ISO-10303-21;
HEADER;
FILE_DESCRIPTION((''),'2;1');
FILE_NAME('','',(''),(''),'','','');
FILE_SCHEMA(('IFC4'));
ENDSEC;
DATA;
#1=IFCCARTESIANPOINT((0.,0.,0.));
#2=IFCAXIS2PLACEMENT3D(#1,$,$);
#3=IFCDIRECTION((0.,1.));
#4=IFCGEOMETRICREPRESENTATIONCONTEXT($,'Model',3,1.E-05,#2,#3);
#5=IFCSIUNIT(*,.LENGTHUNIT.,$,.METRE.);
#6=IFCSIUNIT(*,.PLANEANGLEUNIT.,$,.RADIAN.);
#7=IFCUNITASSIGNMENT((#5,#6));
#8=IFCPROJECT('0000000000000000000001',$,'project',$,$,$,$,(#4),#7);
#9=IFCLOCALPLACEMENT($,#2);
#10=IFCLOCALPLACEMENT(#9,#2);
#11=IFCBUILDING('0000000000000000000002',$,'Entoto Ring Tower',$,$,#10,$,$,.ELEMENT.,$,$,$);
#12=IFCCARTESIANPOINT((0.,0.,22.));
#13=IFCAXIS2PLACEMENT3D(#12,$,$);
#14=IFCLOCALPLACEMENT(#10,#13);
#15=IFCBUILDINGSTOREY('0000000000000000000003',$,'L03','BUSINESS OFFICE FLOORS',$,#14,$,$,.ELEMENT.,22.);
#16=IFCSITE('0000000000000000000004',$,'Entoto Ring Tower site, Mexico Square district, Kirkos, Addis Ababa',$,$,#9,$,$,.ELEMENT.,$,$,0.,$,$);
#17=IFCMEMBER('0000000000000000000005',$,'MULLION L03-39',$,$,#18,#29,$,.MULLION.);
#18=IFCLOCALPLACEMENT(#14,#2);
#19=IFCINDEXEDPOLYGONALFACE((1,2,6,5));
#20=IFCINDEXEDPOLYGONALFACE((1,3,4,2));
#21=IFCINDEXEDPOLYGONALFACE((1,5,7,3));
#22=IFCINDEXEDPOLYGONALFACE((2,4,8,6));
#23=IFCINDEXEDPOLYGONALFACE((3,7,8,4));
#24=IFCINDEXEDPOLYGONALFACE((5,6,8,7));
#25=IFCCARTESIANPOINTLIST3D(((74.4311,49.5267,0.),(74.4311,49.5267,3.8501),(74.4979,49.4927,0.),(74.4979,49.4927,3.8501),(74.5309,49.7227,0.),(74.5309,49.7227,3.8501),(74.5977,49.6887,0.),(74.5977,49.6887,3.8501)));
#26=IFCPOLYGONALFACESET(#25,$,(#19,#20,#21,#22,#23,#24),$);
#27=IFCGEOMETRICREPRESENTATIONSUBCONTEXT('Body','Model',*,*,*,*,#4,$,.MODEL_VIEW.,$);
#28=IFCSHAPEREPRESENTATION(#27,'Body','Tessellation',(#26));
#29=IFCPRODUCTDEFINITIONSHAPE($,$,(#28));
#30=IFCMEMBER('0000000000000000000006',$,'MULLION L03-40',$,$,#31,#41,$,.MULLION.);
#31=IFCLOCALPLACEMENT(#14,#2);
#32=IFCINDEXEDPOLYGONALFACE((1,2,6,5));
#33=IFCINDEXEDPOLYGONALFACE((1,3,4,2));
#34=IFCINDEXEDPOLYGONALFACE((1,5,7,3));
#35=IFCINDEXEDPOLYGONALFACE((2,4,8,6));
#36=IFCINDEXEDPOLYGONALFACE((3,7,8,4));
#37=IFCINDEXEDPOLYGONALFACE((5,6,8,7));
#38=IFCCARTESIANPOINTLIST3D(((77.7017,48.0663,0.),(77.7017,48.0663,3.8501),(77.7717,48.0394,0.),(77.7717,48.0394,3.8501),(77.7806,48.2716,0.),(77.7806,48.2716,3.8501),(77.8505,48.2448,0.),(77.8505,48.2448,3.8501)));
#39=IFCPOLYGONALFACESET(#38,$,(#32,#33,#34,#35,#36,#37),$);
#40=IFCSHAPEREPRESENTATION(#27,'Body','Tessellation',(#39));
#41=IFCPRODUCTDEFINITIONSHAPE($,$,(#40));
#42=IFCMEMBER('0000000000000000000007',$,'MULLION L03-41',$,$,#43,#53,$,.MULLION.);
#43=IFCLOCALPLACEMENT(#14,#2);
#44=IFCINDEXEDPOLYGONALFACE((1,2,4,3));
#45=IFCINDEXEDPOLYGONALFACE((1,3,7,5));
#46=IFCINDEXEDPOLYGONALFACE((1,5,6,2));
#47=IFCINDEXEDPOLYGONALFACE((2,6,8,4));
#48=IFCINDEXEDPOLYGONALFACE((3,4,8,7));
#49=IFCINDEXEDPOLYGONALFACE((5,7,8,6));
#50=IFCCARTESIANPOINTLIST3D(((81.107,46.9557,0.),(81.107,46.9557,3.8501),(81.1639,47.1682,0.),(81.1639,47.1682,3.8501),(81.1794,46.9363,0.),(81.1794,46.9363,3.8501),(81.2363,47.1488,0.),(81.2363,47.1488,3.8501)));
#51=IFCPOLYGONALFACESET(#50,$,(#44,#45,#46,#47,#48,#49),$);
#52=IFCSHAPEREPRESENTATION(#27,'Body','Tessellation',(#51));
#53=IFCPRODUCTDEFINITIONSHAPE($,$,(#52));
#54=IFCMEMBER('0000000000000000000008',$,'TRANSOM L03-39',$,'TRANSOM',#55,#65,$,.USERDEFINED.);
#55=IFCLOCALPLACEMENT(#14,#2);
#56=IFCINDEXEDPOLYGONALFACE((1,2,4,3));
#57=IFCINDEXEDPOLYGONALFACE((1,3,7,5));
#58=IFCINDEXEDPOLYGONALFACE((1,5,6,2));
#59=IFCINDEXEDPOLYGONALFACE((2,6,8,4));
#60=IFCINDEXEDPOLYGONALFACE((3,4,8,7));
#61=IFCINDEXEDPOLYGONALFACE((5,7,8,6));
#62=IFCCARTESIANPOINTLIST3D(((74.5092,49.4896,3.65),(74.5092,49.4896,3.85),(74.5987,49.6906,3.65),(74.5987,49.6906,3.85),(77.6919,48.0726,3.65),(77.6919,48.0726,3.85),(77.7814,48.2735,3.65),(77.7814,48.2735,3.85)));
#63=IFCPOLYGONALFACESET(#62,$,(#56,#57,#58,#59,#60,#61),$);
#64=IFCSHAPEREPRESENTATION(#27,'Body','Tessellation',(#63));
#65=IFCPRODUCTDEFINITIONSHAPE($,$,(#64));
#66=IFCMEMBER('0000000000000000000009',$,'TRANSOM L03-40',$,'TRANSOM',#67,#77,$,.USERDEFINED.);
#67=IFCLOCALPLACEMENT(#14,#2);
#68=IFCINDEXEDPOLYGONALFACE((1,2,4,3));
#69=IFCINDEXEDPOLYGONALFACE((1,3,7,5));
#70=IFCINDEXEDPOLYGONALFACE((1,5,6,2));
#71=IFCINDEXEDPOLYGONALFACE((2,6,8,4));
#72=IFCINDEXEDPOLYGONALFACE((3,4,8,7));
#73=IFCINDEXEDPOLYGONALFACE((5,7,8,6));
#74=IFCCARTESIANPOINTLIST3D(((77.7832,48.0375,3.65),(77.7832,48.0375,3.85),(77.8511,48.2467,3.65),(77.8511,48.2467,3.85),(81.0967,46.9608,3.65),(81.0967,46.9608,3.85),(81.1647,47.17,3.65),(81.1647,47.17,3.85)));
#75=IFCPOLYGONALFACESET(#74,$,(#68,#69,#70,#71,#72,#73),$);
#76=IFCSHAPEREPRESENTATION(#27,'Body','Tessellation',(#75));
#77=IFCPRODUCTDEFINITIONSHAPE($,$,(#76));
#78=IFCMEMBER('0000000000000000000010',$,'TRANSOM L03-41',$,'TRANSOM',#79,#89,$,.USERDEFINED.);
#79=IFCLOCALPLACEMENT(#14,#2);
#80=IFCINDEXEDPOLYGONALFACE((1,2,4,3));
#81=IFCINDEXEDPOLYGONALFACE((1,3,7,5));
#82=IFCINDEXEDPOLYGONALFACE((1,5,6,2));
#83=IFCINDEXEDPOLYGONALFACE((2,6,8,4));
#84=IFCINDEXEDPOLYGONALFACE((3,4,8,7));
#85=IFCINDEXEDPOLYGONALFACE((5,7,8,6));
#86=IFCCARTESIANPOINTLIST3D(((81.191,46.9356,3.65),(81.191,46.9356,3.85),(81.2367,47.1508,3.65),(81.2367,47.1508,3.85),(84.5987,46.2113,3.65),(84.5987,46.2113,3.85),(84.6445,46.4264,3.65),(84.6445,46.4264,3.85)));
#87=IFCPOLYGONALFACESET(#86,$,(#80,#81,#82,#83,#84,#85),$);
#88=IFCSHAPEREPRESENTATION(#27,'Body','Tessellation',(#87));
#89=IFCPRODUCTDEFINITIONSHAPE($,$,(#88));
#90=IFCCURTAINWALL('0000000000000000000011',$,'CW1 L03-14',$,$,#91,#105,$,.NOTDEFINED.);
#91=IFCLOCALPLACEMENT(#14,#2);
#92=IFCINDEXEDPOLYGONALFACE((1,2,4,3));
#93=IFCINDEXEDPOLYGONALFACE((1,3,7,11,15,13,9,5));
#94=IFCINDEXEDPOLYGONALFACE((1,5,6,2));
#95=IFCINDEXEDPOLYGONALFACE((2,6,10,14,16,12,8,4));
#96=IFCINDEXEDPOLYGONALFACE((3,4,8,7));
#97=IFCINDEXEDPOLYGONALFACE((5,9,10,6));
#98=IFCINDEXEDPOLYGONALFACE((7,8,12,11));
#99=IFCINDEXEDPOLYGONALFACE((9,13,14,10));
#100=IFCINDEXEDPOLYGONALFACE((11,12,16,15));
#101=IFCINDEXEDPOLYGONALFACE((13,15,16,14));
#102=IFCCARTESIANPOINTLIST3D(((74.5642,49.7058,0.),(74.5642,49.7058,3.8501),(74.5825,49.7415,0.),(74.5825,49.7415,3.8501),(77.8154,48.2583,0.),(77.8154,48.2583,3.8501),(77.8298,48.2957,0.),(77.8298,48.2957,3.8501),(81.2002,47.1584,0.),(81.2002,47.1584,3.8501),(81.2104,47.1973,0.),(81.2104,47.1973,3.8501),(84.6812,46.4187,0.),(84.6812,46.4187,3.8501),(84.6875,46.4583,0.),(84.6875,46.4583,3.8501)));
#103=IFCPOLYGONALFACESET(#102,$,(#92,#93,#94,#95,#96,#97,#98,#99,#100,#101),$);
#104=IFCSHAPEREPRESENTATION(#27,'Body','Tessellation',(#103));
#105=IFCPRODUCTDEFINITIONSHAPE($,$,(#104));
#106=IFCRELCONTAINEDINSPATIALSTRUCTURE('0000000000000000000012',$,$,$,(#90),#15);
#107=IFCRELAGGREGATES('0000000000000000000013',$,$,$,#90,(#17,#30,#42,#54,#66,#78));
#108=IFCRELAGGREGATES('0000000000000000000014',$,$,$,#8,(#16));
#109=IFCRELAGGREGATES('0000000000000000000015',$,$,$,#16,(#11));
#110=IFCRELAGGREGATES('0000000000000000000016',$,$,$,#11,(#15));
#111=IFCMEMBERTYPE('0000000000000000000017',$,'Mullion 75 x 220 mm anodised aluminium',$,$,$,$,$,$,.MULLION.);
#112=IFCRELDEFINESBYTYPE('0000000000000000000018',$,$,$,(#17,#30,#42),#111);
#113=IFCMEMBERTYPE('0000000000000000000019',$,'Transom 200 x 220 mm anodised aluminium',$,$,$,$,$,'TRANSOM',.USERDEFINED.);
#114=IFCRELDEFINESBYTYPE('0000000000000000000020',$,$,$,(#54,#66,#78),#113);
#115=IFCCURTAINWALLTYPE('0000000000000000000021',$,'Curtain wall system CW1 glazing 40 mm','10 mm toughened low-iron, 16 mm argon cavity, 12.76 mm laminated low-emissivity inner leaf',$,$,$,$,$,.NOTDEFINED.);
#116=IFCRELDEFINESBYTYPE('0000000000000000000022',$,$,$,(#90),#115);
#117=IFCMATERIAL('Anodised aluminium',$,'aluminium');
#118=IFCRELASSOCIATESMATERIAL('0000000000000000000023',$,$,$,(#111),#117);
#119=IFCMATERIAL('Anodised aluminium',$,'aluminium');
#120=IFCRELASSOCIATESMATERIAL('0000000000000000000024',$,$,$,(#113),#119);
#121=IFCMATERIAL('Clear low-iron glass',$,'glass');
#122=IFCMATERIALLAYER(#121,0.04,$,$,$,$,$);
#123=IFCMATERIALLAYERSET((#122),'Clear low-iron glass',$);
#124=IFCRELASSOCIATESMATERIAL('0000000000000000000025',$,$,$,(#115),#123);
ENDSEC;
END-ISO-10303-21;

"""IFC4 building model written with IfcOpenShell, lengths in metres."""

from ifc_helpers import new_model, si_unit, direction, frame, origin, origin_2d, place, context, subcontext, project, spatial, polyline, rectangle, outline, extrude, material, layer, layer_set, material_profile, profile_set, type_object, element, aggregate, save


model = new_model("IFC4")

# Units and contexts
model_context = context("Model", 3, precision=1e-05, world=origin(), true_north=direction((0.0, 1.0)))
body_context = subcontext(model_context, "Body", "Model", "MODEL_VIEW")
ifc_project = project(units=[si_unit("LENGTHUNIT", "METRE"), si_unit("PLANEANGLEUNIT", "RADIAN")], contexts=[model_context])

# Members
ifc_material_1 = material(Name="Anodised aluminium", Category="aluminium")
ifc_material_profile_1 = material_profile(ifc_material_1, rectangle(XDim=0.075, YDim=0.22, at=origin_2d()), Name="Mullion 75 x 220 mm anodised aluminium")
ifc_profile_set_1 = profile_set([ifc_material_profile_1], Name="Anodised aluminium")
member_type_1 = type_object("IfcMemberType", Name="Mullion 75 x 220 mm anodised aluminium", PredefinedType="MULLION", material=ifc_profile_set_1)
site_placement = place(None, origin())
building_placement = place(site_placement, origin())
storey_placement = place(building_placement, frame((0.0, 0.0, 22.0)))
member_1_placement = place(storey_placement, frame((74.5144, 49.6077, 0.0), z_axis=(0.0, 0.0, 1.0), x_axis=(0.891007, -0.45399, 0.0)))
member_1 = element("IfcMember", 1, at=member_1_placement, type_object=member_type_1, Name="MULLION L03-39", PredefinedType="MULLION", context=body_context, shape_type="SweptSolid", body=[
    extrude(rectangle(XDim=0.075, YDim=0.22, at=origin_2d()), origin(), (0.0, 0.0, 1.0), 3.8501),
])
member_2_placement = place(storey_placement, frame((77.7761, 48.1555, 0.0), z_axis=(0.0, 0.0, 1.0), x_axis=(0.93358, -0.358368, 0.0)))
member_2 = element("IfcMember", 2, at=member_2_placement, type_object=member_type_1, Name="MULLION L03-40", PredefinedType="MULLION", context=body_context, shape_type="SweptSolid", body=[
    extrude(rectangle(XDim=0.075, YDim=0.22, at=origin_2d()), origin(), (0.0, 0.0, 1.0), 3.8501),
])
member_3_placement = place(storey_placement, frame((81.1716, 47.0522, 0.0), z_axis=(0.0, 0.0, 1.0), x_axis=(0.965926, -0.258819, 0.0)))
member_3 = element("IfcMember", 3, at=member_3_placement, type_object=member_type_1, Name="MULLION L03-41", PredefinedType="MULLION", context=body_context, shape_type="SweptSolid", body=[
    extrude(rectangle(XDim=0.075, YDim=0.22, at=origin_2d()), origin(), (0.0, 0.0, 1.0), 3.8501),
])
ifc_material_2 = material(Name="Anodised aluminium", Category="aluminium")
ifc_material_profile_2 = material_profile(ifc_material_2, rectangle(XDim=0.22, YDim=0.2, at=origin_2d()), Name="Transom 200 x 220 mm anodised aluminium")
ifc_profile_set_2 = profile_set([ifc_material_profile_2], Name="Anodised aluminium")
member_type_2 = type_object("IfcMemberType", Name="Transom 200 x 220 mm anodised aluminium", ElementType="TRANSOM", PredefinedType="USERDEFINED", material=ifc_profile_set_2)
member_4_placement = place(storey_placement, frame((74.554, 49.5901, 3.75), z_axis=(0.913545, -0.406737, 0.0), x_axis=(0.406737, 0.913545, 0.0)))
member_4 = element("IfcMember", 4, at=member_4_placement, type_object=member_type_2, Name="TRANSOM L03-39", ObjectType="TRANSOM", PredefinedType="USERDEFINED", context=body_context, shape_type="SweptSolid", body=[
    extrude(rectangle(XDim=0.22, YDim=0.2, at=origin_2d()), origin(), (0.0, 0.0, 1.0), 3.4839),
])
member_5_placement = place(storey_placement, frame((77.8171, 48.1421, 3.75), z_axis=(0.951053, -0.309029, 0.0), x_axis=(0.309029, 0.951053, 0.0)))
member_5 = element("IfcMember", 5, at=member_5_placement, type_object=member_type_2, Name="TRANSOM L03-40", ObjectType="TRANSOM", PredefinedType="USERDEFINED", context=body_context, shape_type="SweptSolid", body=[
    extrude(rectangle(XDim=0.22, YDim=0.2, at=origin_2d()), origin(), (0.0, 0.0, 1.0), 3.4841),
])
member_6_placement = place(storey_placement, frame((81.2139, 47.0432, 3.75), z_axis=(0.978146, -0.207921, 0.0), x_axis=(0.207921, 0.978146, 0.0)))
member_6 = element("IfcMember", 6, at=member_6_placement, type_object=member_type_2, Name="TRANSOM L03-41", ObjectType="TRANSOM", PredefinedType="USERDEFINED", context=body_context, shape_type="SweptSolid", body=[
    extrude(rectangle(XDim=0.22, YDim=0.2, at=origin_2d()), origin(), (0.0, 0.0, 1.0), 3.4839),
])

# Site, building, storey
site = spatial("IfcSite", under=ifc_project, at=site_placement, Name="Entoto Ring Tower site, Mexico Square district, Kirkos, Addis Ababa", CompositionType="ELEMENT", RefElevation=0.0)
building = spatial("IfcBuilding", under=site, at=building_placement, Name="Entoto Ring Tower", CompositionType="ELEMENT")
storey = spatial("IfcBuildingStorey", under=building, at=storey_placement, Name="L03", Description="BUSINESS OFFICE FLOORS", CompositionType="ELEMENT", Elevation=22.0)

# Curtain wall
ifc_material_3 = material(Name="Clear low-iron glass", Category="glass")
ifc_layer = layer(ifc_material_3, 0.04)
ifc_layer_set = layer_set([ifc_layer], Name="Clear low-iron glass")
curtain_wall_type = type_object("IfcCurtainWallType", Name="Curtain wall system CW1 glazing 40 mm", Description="10 mm toughened low-iron, 16 mm argon cavity, 12.76 mm laminated low-emissivity inner leaf", PredefinedType="NOTDEFINED", material=ifc_layer_set)
curtain_wall_1_placement = place(storey_placement, origin())
curtain_wall_1 = element("IfcCurtainWall", 7, at=curtain_wall_1_placement, inside=storey, type_object=curtain_wall_type, Name="CW1 L03-14", PredefinedType="NOTDEFINED", context=body_context, shape_type="SweptSolid", body=[
    extrude(outline(polyline([(74.5642, 49.7058), (77.8154, 48.2583), (81.2002, 47.1584), (84.6812, 46.4187), (84.6875, 46.4583), (81.2104, 47.1973), (77.8298, 48.2957), (74.5825, 49.7415), (74.5642, 49.7058)])), origin(), (0.0, 0.0, 1.0), 3.8501),
])
aggregate(curtain_wall_1, [member_1, member_2, member_3, member_4, member_5, member_6])

save(model, "model.ifc")
